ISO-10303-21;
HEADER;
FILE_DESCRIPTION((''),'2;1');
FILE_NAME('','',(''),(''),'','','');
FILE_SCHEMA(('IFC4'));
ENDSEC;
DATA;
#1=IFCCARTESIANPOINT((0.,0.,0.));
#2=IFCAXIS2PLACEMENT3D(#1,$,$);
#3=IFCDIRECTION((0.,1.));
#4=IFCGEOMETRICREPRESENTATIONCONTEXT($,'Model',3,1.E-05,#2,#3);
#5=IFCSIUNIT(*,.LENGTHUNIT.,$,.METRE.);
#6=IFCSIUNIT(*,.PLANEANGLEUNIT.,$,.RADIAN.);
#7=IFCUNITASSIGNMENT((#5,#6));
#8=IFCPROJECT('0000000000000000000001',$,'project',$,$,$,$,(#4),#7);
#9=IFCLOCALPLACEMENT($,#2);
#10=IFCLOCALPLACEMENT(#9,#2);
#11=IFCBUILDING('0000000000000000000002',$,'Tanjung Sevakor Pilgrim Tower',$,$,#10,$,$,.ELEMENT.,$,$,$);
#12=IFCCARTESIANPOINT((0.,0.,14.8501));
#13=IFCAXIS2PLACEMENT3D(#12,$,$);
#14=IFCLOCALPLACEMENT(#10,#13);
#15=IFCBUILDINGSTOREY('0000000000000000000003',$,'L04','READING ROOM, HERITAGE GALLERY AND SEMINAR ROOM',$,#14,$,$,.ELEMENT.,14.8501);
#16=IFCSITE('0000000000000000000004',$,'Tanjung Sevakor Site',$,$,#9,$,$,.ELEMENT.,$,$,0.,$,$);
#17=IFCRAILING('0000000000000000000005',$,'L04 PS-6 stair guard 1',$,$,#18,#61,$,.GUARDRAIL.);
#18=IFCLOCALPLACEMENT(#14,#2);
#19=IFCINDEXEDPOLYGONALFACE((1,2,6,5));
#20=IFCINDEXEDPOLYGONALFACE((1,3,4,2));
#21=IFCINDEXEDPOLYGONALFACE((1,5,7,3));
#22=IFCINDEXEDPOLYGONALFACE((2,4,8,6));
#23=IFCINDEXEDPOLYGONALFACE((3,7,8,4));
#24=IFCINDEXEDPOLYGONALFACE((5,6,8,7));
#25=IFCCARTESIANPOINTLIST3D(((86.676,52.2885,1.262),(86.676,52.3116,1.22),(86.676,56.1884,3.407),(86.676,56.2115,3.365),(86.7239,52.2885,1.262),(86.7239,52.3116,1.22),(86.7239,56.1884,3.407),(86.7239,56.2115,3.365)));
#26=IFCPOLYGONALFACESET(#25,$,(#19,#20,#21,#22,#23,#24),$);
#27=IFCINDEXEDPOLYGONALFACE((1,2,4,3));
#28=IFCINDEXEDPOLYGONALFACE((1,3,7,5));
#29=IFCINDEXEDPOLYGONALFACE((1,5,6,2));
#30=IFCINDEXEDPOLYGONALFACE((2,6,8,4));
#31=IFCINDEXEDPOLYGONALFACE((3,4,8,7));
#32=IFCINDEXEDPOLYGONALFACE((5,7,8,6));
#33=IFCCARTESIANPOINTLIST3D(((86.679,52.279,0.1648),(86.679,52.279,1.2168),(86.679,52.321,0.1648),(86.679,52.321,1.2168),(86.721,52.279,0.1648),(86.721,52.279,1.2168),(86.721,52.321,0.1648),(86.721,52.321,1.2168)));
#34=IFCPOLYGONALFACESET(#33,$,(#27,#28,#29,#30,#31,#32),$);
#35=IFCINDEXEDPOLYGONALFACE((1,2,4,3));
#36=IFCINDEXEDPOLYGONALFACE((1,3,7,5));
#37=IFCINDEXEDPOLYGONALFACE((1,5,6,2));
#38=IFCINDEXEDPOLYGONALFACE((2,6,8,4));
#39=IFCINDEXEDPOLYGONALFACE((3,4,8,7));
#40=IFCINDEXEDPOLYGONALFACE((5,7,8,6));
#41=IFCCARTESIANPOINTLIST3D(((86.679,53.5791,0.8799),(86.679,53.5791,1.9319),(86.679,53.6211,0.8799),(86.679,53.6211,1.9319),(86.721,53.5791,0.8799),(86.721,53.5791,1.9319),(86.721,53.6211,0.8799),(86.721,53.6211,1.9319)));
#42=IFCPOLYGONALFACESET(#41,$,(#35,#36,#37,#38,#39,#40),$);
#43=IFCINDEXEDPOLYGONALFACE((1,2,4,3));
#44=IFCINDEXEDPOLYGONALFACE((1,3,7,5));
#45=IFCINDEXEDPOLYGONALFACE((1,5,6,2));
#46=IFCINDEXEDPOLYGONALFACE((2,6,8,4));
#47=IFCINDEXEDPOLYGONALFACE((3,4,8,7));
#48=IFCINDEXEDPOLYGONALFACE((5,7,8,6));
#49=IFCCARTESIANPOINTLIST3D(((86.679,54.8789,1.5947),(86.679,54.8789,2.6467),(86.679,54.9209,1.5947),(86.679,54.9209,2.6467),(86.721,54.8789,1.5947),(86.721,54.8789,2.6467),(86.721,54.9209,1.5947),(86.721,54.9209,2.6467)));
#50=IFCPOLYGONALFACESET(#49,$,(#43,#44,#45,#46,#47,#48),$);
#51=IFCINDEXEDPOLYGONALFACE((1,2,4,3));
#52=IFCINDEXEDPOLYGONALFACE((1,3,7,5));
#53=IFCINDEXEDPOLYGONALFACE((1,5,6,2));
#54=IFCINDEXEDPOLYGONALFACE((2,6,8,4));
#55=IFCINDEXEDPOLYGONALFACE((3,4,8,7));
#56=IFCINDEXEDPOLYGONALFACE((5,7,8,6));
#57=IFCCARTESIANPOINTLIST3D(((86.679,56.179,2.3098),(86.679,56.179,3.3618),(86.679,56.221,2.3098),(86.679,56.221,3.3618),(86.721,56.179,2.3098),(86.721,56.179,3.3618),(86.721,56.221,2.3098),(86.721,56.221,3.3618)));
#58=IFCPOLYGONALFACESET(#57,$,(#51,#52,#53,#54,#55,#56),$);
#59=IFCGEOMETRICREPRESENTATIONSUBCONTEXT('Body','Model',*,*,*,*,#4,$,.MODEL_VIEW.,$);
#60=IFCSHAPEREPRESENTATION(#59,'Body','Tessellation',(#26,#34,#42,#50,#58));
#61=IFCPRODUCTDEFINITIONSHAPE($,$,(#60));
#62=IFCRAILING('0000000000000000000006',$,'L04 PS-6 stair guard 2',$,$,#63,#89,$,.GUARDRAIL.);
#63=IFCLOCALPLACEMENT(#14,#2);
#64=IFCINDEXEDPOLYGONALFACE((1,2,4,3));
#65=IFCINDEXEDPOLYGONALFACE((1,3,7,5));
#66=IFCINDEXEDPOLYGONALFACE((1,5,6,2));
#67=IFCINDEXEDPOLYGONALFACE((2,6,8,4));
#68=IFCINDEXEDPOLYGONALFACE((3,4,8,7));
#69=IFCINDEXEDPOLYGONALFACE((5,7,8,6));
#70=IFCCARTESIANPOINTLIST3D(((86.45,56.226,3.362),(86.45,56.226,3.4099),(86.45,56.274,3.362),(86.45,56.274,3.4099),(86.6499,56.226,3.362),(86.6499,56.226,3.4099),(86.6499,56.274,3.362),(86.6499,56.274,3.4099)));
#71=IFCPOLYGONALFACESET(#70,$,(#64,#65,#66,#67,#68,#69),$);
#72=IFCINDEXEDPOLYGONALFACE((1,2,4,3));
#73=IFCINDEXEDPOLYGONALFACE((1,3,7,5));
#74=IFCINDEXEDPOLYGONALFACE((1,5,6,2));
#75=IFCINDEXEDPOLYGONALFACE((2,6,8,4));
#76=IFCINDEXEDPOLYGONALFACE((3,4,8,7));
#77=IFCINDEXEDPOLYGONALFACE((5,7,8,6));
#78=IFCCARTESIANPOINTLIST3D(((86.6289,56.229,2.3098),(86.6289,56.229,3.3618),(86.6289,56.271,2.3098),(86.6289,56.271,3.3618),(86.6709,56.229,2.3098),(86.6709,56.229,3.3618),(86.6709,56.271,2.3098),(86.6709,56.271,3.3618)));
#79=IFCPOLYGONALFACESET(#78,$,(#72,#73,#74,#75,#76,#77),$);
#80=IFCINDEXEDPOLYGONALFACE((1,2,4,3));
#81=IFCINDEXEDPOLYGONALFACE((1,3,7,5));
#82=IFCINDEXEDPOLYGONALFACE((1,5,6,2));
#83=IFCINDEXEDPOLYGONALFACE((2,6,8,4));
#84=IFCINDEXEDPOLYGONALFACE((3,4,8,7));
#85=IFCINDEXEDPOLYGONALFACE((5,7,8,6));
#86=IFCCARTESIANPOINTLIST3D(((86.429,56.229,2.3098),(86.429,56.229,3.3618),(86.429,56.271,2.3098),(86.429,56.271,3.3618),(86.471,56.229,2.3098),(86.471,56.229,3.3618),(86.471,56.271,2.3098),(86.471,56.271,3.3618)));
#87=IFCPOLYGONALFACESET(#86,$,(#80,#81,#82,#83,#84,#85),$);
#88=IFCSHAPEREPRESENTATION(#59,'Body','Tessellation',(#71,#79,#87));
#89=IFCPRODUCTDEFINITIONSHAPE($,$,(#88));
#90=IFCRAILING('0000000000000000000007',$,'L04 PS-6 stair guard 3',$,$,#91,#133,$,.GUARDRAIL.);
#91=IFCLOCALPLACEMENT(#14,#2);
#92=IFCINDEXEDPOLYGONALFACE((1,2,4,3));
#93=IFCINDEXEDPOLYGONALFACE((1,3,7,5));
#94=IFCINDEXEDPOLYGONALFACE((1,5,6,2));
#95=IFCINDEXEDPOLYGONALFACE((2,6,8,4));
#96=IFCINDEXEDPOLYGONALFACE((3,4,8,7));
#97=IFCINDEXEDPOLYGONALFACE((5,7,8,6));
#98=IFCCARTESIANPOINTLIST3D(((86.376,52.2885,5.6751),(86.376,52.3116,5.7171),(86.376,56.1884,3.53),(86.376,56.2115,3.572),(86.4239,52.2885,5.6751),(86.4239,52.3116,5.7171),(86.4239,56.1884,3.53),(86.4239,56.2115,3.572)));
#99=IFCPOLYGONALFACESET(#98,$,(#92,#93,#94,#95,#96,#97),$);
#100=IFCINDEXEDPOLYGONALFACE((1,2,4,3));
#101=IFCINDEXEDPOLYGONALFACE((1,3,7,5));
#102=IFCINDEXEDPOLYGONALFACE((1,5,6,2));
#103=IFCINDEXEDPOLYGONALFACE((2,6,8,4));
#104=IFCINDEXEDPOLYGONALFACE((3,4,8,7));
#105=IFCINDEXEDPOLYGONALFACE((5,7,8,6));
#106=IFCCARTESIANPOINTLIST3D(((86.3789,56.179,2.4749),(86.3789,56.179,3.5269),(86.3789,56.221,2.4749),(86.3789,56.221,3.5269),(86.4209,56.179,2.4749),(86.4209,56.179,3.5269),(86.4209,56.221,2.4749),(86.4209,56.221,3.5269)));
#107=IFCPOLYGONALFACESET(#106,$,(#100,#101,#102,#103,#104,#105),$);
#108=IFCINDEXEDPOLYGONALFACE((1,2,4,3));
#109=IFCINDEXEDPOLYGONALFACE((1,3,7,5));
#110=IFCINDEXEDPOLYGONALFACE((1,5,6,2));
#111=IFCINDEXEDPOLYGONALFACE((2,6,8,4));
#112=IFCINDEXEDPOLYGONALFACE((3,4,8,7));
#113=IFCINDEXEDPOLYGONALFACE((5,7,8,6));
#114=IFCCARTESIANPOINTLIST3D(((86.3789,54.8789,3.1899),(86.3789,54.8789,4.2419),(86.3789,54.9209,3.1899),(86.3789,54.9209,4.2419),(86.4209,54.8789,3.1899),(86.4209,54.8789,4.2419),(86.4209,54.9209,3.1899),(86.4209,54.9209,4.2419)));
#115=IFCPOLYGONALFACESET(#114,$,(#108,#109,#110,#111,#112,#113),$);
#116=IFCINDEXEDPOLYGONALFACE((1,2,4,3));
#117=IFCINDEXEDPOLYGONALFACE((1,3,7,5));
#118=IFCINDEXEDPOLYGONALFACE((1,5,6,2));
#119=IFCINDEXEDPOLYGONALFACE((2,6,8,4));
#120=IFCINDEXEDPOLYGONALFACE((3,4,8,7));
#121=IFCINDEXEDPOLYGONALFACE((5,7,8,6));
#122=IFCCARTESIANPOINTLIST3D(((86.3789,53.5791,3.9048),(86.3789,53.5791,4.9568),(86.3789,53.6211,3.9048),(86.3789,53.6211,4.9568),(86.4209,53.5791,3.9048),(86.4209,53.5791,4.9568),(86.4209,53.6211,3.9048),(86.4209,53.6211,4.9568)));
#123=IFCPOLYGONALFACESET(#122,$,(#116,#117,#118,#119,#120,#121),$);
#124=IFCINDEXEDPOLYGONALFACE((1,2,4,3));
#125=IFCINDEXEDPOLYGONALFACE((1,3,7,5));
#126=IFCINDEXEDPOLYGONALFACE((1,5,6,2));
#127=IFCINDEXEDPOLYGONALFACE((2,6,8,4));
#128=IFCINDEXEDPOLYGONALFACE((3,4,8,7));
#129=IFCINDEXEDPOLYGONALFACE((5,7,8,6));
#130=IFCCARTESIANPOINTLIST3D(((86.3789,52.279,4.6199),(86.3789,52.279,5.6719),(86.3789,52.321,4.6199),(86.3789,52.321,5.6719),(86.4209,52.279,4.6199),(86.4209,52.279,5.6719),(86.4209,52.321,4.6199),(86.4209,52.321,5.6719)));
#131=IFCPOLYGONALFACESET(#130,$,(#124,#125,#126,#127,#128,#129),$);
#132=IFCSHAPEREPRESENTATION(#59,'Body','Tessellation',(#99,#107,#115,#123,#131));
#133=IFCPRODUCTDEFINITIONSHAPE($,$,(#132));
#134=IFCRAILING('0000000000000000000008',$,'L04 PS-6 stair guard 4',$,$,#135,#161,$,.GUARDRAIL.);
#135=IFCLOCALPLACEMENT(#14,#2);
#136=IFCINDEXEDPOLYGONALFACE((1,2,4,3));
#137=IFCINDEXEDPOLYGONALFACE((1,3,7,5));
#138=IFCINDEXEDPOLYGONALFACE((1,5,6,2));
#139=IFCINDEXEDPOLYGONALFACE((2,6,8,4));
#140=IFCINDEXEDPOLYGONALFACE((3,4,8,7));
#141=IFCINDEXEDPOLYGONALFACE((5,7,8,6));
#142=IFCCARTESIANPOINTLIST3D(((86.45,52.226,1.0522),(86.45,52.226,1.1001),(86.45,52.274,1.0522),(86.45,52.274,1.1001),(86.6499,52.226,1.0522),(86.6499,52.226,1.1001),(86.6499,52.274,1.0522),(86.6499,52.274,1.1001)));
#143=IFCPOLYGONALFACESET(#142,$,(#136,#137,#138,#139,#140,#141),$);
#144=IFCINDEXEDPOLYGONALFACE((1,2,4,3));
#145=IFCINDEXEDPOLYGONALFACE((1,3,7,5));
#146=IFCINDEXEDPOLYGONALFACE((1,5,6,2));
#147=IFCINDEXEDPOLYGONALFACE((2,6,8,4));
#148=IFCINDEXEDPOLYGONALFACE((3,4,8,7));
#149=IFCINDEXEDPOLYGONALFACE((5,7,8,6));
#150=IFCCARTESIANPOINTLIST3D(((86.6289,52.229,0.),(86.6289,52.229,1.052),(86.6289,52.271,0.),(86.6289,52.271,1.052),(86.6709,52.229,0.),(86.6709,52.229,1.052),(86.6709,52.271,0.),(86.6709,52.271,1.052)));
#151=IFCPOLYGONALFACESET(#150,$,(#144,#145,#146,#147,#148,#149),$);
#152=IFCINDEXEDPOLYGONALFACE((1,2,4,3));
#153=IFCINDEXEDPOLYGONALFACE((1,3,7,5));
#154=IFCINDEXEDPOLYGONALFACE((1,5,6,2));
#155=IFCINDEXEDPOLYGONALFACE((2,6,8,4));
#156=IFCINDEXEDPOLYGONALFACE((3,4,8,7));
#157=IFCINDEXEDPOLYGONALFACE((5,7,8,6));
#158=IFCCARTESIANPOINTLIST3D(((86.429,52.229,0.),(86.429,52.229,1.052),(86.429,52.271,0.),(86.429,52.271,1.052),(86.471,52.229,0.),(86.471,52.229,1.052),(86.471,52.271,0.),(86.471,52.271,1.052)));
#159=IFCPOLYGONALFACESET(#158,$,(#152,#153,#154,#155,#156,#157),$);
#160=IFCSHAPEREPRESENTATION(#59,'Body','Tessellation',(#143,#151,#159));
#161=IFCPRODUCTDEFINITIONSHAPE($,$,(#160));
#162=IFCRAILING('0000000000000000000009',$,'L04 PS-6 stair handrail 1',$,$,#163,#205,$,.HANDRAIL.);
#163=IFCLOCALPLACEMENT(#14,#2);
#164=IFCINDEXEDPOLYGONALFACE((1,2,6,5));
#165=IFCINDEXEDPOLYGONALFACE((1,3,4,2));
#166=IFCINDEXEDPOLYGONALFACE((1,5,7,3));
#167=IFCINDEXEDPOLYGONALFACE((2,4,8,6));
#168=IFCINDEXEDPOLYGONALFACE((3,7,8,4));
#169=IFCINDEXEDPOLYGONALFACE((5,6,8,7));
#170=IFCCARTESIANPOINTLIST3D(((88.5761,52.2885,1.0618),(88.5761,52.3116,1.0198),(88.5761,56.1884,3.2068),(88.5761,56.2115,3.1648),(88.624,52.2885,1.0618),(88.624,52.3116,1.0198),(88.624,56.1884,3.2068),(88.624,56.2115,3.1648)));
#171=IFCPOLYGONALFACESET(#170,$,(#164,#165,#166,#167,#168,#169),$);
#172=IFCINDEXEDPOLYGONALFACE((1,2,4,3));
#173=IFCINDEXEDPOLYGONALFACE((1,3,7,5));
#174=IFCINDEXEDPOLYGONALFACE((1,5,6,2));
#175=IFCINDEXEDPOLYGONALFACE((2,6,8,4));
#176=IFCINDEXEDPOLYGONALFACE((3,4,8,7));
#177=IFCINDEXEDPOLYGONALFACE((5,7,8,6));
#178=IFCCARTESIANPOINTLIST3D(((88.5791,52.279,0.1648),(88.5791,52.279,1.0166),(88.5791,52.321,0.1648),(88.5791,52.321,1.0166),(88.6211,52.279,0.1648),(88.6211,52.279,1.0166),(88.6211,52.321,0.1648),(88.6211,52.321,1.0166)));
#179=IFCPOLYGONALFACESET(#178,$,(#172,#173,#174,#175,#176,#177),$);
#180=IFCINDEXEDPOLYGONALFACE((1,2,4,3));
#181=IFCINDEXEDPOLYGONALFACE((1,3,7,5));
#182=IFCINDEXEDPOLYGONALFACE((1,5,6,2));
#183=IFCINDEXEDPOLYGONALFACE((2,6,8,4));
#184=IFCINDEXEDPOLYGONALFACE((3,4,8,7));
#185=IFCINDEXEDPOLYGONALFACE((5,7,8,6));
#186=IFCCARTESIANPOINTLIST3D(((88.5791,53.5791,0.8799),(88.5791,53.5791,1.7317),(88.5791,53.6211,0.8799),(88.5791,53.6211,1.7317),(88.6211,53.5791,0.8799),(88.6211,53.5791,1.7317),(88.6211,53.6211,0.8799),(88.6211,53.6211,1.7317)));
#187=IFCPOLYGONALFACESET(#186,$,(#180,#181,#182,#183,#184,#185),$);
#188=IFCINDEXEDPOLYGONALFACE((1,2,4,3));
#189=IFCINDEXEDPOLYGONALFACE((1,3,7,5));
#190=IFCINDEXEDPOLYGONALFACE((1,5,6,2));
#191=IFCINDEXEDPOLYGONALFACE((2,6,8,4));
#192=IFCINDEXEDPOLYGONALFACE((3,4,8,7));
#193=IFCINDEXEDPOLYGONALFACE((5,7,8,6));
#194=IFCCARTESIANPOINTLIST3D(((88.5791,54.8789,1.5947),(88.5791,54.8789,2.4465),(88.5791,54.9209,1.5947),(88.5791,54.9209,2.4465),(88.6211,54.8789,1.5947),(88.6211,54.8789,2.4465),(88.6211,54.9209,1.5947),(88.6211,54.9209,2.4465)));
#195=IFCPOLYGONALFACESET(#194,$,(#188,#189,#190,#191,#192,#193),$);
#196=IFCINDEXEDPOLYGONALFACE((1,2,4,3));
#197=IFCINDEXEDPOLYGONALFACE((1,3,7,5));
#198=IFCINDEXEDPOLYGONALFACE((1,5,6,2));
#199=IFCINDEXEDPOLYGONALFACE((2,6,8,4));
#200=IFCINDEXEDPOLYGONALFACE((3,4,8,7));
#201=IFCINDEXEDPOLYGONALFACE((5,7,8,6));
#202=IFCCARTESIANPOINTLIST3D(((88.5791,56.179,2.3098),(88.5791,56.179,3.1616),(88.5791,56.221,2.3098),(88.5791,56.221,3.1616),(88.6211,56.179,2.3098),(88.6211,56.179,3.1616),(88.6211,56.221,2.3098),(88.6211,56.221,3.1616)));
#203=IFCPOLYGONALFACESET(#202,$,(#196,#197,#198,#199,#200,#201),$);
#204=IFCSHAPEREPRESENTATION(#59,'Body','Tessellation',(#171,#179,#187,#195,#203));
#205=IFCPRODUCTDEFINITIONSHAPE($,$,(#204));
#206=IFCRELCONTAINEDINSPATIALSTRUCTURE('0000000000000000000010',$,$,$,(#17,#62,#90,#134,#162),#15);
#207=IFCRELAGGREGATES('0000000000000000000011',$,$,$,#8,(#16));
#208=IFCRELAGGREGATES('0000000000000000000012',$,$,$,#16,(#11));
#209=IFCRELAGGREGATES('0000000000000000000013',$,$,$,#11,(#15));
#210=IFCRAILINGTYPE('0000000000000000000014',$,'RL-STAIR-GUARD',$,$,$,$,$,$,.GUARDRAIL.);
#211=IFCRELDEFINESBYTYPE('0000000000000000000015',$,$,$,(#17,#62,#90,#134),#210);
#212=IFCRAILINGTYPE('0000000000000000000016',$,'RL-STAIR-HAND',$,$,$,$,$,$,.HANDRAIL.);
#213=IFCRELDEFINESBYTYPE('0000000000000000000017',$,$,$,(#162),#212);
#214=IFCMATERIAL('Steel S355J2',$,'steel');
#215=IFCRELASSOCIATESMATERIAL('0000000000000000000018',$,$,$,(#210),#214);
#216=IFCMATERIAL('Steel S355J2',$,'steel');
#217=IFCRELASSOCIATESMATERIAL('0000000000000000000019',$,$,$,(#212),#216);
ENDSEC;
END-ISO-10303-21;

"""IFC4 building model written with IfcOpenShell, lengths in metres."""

from ifc_helpers import new_model, si_unit, direction, frame, origin, place, context, subcontext, project, spatial, rectangle, extrude, material, type_object, element, save


model = new_model("IFC4")

# Units and contexts
model_context = context("Model", 3, precision=1e-05, world=origin(), true_north=direction((0.0, 1.0)))
body_context = subcontext(model_context, "Body", "Model", "MODEL_VIEW")
ifc_project = project(units=[si_unit("LENGTHUNIT", "METRE"), si_unit("PLANEANGLEUNIT", "RADIAN")], contexts=[model_context])

# Site, building, storey
site_placement = place(None, origin())
site = spatial("IfcSite", under=ifc_project, at=site_placement, Name="Tanjung Sevakor Site", CompositionType="ELEMENT", RefElevation=0.0)
building_placement = place(site_placement, origin())
building = spatial("IfcBuilding", under=site, at=building_placement, Name="Tanjung Sevakor Pilgrim Tower", CompositionType="ELEMENT")
storey_placement = place(building_placement, frame((0.0, 0.0, 14.8501)))
storey = spatial("IfcBuildingStorey", under=building, at=storey_placement, Name="L04", Description="READING ROOM, HERITAGE GALLERY AND SEMINAR ROOM", CompositionType="ELEMENT", Elevation=14.8501)

# Railings
ifc_material_1 = material(Name="Steel S355J2", Category="steel")
railing_type_1 = type_object("IfcRailingType", Name="RL-STAIR-GUARD", PredefinedType="GUARDRAIL", material=ifc_material_1)
railing_1_placement = place(storey_placement, frame((86.7, 52.3, 0.1648)))
element("IfcRailing", 1, at=railing_1_placement, inside=storey, type_object=railing_type_1, Name="L04 PS-6 stair guard 1", PredefinedType="GUARDRAIL", context=body_context, shape_type="SweptSolid", body=[
    extrude(rectangle(XDim=0.0479, YDim=0.0479), frame((0.0, 0.0, 1.0762), z_axis=(0.0, 0.876209, 0.481931), x_axis=(-1.0, 0.0, 0.0)), (0.0, 0.0, 1.0), 4.4509),
    extrude(rectangle(XDim=0.042, YDim=0.042), origin(), (0.0, 0.0, 1.0), 1.052),
    extrude(rectangle(XDim=0.042, YDim=0.042), frame((0.0, 1.3, 0.7151)), (0.0, 0.0, 1.0), 1.052),
    extrude(rectangle(XDim=0.042, YDim=0.042), frame((0.0, 2.5999, 1.4299)), (0.0, 0.0, 1.0), 1.052),
    extrude(rectangle(XDim=0.042, YDim=0.042), frame((0.0, 3.8999, 2.145)), (0.0, 0.0, 1.0), 1.052),
])
railing_2_placement = place(storey_placement, frame((86.6499, 56.25, 2.3098)))
element("IfcRailing", 2, at=railing_2_placement, inside=storey, type_object=railing_type_1, Name="L04 PS-6 stair guard 2", PredefinedType="GUARDRAIL", context=body_context, shape_type="SweptSolid", body=[
    extrude(rectangle(XDim=0.0479, YDim=0.0479), frame((0.0, 0.0, 1.0762), z_axis=(-1.0, 0.0, 0.0), x_axis=(0.0, -1.0, 0.0)), (0.0, 0.0, 1.0), 0.2),
    extrude(rectangle(XDim=0.042, YDim=0.042), origin(), (0.0, 0.0, 1.0), 1.052),
    extrude(rectangle(XDim=0.042, YDim=0.042), frame((-0.2, 0.0, 0.0)), (0.0, 0.0, 1.0), 1.052),
])
railing_3_placement = place(storey_placement, frame((86.3999, 56.2, 2.4749)))
element("IfcRailing", 3, at=railing_3_placement, inside=storey, type_object=railing_type_1, Name="L04 PS-6 stair guard 3", PredefinedType="GUARDRAIL", context=body_context, shape_type="SweptSolid", body=[
    extrude(rectangle(XDim=0.0479, YDim=0.0479), frame((0.0, 0.0, 1.0762), z_axis=(0.0, -0.876209, 0.481931), x_axis=(1.0, 0.0, 0.0)), (0.0, 0.0, 1.0), 4.4509),
    extrude(rectangle(XDim=0.042, YDim=0.042), origin(), (0.0, 0.0, 1.0), 1.052),
    extrude(rectangle(XDim=0.042, YDim=0.042), frame((0.0, -1.3, 0.7151)), (0.0, 0.0, 1.0), 1.052),
    extrude(rectangle(XDim=0.042, YDim=0.042), frame((0.0, -2.5999, 1.4299)), (0.0, 0.0, 1.0), 1.052),
    extrude(rectangle(XDim=0.042, YDim=0.042), frame((0.0, -3.8999, 2.145)), (0.0, 0.0, 1.0), 1.052),
])
railing_4_placement = place(storey_placement, frame((86.6499, 52.25, 0.0)))
element("IfcRailing", 4, at=railing_4_placement, inside=storey, type_object=railing_type_1, Name="L04 PS-6 stair guard 4", PredefinedType="GUARDRAIL", context=body_context, shape_type="SweptSolid", body=[
    extrude(rectangle(XDim=0.0479, YDim=0.0479), frame((0.0, 0.0, 1.0762), z_axis=(-1.0, 0.0, 0.0), x_axis=(0.0, -1.0, 0.0)), (0.0, 0.0, 1.0), 0.2),
    extrude(rectangle(XDim=0.042, YDim=0.042), origin(), (0.0, 0.0, 1.0), 1.052),
    extrude(rectangle(XDim=0.042, YDim=0.042), frame((-0.2, 0.0, 0.0)), (0.0, 0.0, 1.0), 1.052),
])
ifc_material_2 = material(Name="Steel S355J2", Category="steel")
railing_type_2 = type_object("IfcRailingType", Name="RL-STAIR-HAND", PredefinedType="HANDRAIL", material=ifc_material_2)
railing_5_placement = place(storey_placement, frame((88.6001, 52.3, 0.1648)))
element("IfcRailing", 5, at=railing_5_placement, inside=storey, type_object=railing_type_2, Name="L04 PS-6 stair handrail 1", PredefinedType="HANDRAIL", context=body_context, shape_type="SweptSolid", body=[
    extrude(rectangle(XDim=0.0479, YDim=0.0479), frame((0.0, 0.0, 0.876), z_axis=(0.0, 0.876209, 0.481931), x_axis=(-1.0, 0.0, 0.0)), (0.0, 0.0, 1.0), 4.4509),
    extrude(rectangle(XDim=0.042, YDim=0.042), origin(), (0.0, 0.0, 1.0), 0.8518),
    extrude(rectangle(XDim=0.042, YDim=0.042), frame((0.0, 1.3, 0.7151)), (0.0, 0.0, 1.0), 0.8518),
    extrude(rectangle(XDim=0.042, YDim=0.042), frame((0.0, 2.5999, 1.4299)), (0.0, 0.0, 1.0), 0.8518),
    extrude(rectangle(XDim=0.042, YDim=0.042), frame((0.0, 3.8999, 2.145)), (0.0, 0.0, 1.0), 0.8518),
])

save(model, "model.ifc")
